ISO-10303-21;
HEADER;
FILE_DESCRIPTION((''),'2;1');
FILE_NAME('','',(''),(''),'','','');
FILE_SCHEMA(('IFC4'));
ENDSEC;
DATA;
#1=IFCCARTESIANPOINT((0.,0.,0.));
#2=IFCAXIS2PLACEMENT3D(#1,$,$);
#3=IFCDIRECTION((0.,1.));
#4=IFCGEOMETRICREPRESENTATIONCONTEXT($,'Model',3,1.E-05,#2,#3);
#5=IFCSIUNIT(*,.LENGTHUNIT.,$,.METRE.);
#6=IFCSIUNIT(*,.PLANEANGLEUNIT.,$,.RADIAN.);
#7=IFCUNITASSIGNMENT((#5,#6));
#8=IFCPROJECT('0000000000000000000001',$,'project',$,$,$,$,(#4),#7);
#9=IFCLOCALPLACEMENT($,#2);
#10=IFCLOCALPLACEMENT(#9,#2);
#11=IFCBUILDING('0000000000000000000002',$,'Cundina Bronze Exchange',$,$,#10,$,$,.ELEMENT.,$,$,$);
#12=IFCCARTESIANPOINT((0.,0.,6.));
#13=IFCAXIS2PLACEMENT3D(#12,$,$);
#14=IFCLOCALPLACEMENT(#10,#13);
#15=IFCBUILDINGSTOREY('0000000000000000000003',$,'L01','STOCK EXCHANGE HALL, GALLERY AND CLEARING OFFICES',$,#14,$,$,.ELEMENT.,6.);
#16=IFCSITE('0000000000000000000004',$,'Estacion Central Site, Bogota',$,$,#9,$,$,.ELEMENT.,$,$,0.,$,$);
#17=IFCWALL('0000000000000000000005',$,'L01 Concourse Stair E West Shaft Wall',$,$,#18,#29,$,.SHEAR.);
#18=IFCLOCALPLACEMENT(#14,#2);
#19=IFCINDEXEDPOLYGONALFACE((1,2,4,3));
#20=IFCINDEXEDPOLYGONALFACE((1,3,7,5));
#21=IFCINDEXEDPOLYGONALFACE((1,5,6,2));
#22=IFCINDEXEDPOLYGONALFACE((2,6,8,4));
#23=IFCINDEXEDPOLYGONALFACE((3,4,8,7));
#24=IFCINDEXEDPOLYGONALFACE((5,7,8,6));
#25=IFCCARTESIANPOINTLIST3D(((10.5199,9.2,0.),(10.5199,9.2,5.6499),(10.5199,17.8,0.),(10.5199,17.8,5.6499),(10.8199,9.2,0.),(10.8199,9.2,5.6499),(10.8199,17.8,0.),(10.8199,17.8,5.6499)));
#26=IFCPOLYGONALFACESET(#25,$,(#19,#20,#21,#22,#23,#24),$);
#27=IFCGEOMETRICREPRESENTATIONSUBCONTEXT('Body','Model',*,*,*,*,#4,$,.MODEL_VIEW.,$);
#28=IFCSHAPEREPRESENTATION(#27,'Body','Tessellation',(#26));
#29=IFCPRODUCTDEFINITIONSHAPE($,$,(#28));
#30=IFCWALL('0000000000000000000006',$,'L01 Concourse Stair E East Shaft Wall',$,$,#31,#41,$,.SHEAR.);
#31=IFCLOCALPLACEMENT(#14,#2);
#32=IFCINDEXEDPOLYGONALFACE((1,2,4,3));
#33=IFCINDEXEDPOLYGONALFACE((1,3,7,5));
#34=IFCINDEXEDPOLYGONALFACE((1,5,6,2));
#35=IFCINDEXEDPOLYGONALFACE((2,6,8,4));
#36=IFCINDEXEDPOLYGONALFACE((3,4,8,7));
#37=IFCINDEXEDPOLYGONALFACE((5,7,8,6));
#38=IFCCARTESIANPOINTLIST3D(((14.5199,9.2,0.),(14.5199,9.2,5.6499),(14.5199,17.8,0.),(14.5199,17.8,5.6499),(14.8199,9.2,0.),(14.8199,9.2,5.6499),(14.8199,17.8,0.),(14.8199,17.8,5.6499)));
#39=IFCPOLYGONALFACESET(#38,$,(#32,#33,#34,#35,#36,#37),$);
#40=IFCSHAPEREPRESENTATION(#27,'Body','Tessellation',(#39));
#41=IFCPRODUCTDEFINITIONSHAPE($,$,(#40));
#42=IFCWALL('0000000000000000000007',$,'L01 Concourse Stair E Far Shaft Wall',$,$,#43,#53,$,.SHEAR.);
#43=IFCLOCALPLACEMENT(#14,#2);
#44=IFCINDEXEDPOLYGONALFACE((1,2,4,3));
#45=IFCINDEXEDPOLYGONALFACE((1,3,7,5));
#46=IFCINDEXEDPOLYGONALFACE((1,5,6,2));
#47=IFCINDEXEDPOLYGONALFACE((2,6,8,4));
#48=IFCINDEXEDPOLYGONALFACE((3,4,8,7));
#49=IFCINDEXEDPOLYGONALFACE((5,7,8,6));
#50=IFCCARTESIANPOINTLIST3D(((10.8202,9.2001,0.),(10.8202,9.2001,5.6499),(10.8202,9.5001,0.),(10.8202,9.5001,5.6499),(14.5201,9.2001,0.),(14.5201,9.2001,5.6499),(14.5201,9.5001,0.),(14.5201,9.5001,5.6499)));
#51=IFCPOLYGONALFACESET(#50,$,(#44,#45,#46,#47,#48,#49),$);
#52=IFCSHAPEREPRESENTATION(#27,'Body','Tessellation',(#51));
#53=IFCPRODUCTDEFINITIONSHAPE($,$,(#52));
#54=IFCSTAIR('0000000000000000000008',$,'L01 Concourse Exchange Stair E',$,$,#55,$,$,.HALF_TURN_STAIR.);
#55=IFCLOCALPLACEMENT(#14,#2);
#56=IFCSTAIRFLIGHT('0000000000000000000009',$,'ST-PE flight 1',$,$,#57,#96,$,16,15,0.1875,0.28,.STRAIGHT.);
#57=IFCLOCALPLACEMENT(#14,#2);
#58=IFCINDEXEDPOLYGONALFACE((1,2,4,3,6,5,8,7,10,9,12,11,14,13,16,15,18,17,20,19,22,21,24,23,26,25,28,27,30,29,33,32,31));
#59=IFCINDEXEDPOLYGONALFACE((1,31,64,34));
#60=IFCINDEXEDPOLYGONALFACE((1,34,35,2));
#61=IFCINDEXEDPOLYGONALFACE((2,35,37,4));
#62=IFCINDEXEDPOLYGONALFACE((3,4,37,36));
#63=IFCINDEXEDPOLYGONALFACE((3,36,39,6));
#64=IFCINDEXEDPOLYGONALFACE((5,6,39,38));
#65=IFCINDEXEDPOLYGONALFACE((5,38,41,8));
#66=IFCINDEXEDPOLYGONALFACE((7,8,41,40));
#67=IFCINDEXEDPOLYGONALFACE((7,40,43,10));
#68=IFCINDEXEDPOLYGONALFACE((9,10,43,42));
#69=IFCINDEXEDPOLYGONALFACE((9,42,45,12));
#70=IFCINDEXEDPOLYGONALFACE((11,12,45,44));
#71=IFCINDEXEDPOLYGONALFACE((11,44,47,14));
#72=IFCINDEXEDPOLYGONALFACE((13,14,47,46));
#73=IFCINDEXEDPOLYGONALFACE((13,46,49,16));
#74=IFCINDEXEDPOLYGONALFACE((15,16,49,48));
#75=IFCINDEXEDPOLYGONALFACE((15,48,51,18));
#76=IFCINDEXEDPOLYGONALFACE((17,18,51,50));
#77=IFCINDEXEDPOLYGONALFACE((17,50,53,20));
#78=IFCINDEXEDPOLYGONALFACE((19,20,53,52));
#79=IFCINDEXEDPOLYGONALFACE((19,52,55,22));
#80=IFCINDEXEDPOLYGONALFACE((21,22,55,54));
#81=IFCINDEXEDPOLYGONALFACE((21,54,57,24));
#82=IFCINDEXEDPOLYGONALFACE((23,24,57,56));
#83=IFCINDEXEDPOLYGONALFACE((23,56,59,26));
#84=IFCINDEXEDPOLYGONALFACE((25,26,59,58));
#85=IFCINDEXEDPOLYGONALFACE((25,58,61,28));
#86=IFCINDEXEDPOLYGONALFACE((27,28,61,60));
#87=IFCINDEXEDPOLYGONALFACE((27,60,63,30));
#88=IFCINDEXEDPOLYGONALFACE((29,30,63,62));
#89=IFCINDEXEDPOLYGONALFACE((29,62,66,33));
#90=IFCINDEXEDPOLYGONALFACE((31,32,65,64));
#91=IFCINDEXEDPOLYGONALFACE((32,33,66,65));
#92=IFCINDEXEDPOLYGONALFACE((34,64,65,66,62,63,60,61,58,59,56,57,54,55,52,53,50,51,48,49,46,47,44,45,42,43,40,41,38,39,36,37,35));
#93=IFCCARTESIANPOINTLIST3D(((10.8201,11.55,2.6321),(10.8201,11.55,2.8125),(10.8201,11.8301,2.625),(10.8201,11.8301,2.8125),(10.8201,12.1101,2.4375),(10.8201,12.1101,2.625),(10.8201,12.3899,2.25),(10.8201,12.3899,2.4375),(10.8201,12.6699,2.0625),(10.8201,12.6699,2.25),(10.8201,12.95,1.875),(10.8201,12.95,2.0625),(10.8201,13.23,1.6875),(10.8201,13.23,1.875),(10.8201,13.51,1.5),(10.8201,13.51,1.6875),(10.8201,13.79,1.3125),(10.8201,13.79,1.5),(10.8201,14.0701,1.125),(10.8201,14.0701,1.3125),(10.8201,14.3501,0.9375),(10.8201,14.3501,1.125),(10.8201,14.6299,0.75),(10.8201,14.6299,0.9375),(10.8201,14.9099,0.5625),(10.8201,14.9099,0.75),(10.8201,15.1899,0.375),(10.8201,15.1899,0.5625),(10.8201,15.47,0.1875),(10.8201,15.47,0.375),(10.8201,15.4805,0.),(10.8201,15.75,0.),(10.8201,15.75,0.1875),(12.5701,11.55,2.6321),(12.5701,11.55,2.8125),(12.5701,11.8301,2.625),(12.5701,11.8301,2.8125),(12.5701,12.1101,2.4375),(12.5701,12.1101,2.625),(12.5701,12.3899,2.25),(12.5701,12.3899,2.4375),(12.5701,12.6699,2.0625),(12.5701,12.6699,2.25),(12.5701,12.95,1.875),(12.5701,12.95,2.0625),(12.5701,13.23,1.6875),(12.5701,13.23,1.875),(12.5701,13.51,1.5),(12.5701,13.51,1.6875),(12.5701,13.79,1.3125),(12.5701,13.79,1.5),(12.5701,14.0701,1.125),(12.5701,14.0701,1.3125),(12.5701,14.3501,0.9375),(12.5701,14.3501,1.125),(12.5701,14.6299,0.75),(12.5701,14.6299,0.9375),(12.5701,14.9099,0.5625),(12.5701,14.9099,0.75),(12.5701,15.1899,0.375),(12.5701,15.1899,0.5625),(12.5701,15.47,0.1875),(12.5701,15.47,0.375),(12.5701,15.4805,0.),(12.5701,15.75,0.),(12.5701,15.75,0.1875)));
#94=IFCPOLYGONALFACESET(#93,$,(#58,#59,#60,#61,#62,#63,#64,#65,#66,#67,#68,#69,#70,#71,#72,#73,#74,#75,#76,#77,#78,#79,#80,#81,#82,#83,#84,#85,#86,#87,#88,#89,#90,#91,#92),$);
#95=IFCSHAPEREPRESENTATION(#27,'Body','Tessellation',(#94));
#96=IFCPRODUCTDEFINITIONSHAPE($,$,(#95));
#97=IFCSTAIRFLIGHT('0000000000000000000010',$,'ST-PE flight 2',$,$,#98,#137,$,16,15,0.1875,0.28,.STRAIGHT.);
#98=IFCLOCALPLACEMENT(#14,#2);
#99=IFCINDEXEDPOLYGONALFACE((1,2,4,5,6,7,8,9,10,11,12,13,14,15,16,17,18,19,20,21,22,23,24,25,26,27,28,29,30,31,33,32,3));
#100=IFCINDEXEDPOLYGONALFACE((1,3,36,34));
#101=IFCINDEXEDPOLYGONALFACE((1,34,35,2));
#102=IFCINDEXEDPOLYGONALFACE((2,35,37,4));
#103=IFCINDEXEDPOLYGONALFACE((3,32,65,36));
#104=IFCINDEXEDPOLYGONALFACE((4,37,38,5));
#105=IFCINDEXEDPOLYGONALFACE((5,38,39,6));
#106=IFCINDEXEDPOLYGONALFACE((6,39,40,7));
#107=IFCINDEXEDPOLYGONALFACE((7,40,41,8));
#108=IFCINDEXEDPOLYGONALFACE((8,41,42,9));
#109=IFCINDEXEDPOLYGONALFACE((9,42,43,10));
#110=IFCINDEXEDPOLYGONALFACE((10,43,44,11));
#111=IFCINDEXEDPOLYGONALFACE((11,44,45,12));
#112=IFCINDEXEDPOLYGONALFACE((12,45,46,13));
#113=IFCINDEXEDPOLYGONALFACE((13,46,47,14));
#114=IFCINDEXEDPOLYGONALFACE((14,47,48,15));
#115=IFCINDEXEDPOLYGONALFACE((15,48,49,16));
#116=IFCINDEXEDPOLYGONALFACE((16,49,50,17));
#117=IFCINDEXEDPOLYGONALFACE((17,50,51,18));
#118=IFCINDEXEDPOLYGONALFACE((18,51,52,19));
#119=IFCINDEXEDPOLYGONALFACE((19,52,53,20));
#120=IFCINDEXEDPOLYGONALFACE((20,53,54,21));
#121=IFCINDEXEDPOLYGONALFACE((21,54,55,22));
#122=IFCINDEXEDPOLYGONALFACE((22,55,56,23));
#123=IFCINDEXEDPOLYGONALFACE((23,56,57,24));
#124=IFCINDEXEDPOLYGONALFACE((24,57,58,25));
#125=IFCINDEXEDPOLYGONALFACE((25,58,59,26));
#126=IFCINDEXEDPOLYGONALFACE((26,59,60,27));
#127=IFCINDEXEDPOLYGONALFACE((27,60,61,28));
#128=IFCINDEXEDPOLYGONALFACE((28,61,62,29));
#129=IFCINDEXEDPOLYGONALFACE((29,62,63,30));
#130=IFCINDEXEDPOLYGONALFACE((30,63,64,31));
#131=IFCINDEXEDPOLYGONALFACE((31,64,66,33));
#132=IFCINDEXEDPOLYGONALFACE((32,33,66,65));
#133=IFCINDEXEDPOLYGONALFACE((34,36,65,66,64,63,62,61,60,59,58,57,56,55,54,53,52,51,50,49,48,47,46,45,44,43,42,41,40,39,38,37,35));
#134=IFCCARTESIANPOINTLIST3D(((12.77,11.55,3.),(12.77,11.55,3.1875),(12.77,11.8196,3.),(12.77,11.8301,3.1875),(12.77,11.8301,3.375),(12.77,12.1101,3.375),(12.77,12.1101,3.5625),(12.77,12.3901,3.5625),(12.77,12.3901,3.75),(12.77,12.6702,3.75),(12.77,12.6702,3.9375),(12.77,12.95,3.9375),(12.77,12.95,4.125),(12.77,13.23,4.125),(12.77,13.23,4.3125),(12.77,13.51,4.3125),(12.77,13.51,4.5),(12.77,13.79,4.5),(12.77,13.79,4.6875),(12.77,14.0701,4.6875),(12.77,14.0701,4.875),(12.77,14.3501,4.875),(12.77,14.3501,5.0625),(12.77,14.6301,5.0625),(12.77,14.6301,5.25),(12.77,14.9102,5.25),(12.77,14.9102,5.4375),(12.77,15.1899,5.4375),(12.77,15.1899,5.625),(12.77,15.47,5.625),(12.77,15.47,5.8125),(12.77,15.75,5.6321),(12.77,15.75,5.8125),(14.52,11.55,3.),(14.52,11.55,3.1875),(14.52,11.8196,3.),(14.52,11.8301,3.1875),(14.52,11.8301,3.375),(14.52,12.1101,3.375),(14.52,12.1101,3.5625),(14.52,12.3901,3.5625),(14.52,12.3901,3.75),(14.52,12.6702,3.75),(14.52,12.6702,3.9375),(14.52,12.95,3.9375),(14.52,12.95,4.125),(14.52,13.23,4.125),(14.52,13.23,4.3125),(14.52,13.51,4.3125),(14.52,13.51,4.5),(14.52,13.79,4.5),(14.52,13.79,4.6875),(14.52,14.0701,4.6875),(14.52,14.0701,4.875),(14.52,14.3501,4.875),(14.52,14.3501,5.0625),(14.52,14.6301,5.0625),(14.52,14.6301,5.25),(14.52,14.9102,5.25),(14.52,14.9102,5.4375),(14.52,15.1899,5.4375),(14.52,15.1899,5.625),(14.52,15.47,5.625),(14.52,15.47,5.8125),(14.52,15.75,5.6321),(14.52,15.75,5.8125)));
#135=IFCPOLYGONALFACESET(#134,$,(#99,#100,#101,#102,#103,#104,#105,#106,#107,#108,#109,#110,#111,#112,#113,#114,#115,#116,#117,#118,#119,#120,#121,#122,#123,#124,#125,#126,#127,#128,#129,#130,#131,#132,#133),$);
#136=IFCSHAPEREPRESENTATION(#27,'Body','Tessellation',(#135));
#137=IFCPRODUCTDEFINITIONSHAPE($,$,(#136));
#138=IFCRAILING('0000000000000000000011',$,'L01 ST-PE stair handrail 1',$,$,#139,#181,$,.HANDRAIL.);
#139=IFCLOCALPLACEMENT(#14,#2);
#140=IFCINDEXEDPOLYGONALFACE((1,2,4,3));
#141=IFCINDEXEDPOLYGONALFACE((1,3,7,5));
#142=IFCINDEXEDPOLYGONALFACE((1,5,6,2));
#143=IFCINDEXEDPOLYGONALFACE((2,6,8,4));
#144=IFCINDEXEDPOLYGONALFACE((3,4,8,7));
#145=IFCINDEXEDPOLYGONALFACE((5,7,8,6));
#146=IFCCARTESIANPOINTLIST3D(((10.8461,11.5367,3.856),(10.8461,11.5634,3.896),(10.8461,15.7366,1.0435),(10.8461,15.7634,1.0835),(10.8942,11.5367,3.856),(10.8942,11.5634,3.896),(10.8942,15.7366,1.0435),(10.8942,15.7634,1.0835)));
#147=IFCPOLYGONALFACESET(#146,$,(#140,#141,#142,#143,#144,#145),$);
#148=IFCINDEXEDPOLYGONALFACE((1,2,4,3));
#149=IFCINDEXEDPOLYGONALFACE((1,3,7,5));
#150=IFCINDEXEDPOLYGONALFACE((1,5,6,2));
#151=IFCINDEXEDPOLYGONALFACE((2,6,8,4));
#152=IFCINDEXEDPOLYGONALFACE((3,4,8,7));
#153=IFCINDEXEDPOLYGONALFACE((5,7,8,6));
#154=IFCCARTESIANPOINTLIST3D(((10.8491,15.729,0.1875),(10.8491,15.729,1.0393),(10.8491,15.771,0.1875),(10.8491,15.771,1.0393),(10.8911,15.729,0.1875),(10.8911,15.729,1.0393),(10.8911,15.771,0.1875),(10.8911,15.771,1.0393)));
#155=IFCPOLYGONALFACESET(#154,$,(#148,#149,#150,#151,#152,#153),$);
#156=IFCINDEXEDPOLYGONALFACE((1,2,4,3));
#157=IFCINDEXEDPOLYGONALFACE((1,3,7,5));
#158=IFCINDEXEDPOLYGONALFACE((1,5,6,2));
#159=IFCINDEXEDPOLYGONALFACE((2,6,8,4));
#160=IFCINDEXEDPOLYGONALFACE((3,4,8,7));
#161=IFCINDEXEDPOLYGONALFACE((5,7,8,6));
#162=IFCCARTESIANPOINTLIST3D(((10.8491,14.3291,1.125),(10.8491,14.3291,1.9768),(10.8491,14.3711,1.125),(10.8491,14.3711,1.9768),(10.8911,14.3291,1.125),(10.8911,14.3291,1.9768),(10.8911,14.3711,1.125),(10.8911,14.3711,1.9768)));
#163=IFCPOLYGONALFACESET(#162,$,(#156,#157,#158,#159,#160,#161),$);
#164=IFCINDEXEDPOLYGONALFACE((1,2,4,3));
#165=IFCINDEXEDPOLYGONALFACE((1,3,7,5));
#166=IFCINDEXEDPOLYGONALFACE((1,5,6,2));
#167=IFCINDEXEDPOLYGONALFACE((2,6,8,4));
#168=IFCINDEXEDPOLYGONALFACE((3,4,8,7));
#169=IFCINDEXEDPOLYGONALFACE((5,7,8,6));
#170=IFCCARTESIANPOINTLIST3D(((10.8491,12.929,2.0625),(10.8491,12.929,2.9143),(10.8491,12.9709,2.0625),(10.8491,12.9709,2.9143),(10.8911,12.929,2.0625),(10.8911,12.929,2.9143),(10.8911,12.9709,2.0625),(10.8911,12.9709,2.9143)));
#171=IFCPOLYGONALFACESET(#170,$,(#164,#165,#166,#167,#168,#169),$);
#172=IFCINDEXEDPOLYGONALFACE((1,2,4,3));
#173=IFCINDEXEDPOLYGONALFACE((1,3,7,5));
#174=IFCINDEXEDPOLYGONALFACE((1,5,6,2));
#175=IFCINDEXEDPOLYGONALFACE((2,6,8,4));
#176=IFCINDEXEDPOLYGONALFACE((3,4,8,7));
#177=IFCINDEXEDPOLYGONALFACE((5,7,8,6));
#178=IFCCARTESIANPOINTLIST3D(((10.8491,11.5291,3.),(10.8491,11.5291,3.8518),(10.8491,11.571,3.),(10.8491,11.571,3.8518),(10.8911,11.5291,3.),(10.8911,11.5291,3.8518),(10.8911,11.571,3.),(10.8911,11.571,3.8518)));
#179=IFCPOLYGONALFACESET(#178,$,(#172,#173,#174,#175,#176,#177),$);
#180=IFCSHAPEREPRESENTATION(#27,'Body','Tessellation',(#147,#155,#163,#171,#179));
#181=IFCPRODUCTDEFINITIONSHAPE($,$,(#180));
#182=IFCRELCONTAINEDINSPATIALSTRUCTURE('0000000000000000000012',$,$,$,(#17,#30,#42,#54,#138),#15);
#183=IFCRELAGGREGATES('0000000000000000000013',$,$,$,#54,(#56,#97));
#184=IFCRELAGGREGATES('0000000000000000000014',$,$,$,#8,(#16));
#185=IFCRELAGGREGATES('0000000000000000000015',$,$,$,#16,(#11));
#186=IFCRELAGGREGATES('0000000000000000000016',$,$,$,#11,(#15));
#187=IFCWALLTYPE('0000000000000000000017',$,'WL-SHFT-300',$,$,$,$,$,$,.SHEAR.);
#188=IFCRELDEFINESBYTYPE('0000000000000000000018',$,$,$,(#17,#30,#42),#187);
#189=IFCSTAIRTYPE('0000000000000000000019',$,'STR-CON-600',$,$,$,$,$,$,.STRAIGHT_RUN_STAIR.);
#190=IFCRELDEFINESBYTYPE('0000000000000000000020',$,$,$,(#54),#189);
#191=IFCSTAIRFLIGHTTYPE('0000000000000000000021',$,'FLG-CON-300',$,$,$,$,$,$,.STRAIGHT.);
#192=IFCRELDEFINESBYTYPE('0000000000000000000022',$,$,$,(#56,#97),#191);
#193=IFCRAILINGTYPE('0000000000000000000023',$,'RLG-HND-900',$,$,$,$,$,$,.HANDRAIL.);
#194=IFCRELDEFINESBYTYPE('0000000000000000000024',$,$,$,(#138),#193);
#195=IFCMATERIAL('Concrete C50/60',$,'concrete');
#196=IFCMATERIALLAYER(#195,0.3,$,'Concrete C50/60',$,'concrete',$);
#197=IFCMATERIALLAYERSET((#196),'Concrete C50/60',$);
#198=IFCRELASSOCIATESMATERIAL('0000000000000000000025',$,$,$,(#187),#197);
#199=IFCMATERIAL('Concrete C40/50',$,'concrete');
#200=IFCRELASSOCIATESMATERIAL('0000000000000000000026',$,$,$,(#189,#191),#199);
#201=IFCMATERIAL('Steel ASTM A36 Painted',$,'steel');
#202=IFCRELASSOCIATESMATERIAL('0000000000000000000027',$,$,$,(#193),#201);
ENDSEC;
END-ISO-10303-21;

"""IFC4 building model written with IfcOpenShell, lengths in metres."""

from ifc_helpers import new_model, si_unit, direction, frame, frame_2d, origin, origin_2d, place, context, subcontext, project, spatial, polyline, rectangle, outline, extrude, material, layer, layer_set, type_object, element, aggregate, save


model = new_model("IFC4")

# Units and contexts
model_context = context("Model", 3, precision=1e-05, world=origin(), true_north=direction((0.0, 1.0)))
body_context = subcontext(model_context, "Body", "Model", "MODEL_VIEW")
ifc_project = project(units=[si_unit("LENGTHUNIT", "METRE"), si_unit("PLANEANGLEUNIT", "RADIAN")], contexts=[model_context])

# Site, building, storey
site_placement = place(None, origin())
site = spatial("IfcSite", under=ifc_project, at=site_placement, Name="Estacion Central Site, Bogota", CompositionType="ELEMENT", RefElevation=0.0)
building_placement = place(site_placement, origin())
building = spatial("IfcBuilding", under=site, at=building_placement, Name="Cundina Bronze Exchange", CompositionType="ELEMENT")
storey_placement = place(building_placement, frame((0.0, 0.0, 6.0)))
storey = spatial("IfcBuildingStorey", under=building, at=storey_placement, Name="L01", Description="STOCK EXCHANGE HALL, GALLERY AND CLEARING OFFICES", CompositionType="ELEMENT", Elevation=6.0)

# Shared definitions
ifc_material_1 = material(Name="Concrete C40/50", Category="concrete")

# Walls
ifc_material_2 = material(Name="Concrete C50/60", Category="concrete")
ifc_layer_1 = layer(ifc_material_2, 0.3, Name="Concrete C50/60", Category="concrete")
ifc_layer_set_1 = layer_set([ifc_layer_1], Name="Concrete C50/60")
wall_type_1 = type_object("IfcWallType", Name="WL-SHFT-300", PredefinedType="SHEAR", material=ifc_layer_set_1)
for number, where, z_axis, x_axis, name in (
    (1, (10.6699, 9.2, 0.0), (0.0, 0.0, 1.0), (0.0, 1.0, 0.0), "L01 Concourse Stair E West Shaft Wall"),
    (2, (14.6699, 9.2, 0.0), (0.0, 0.0, 1.0), (0.0, 1.0, 0.0), "L01 Concourse Stair E East Shaft Wall"),
):
    element("IfcWall", number, at=place(storey_placement, frame(where, z_axis=z_axis, x_axis=x_axis)), inside=storey, type_object=wall_type_1, Name=name, PredefinedType="SHEAR", context=body_context, shape_type="SweptSolid", body=[
        extrude(rectangle(XDim=8.6001, YDim=0.3, at=frame_2d((4.3, 0.0))), origin(), (0.0, 0.0, 1.0), 5.6499),
    ])

# Shared definitions
ifc_material_3 = material(Name="Steel ASTM A36 Painted", Category="steel")

# Wall
wall_1_placement = place(storey_placement, frame((10.8201, 9.3501, 0.0), z_axis=(0.0, 0.0, 1.0), x_axis=(1.0, 0.0, 0.0)))
element("IfcWall", 3, at=wall_1_placement, inside=storey, type_object=wall_type_1, Name="L01 Concourse Stair E Far Shaft Wall", PredefinedType="SHEAR", context=body_context, shape_type="SweptSolid", body=[
    extrude(rectangle(XDim=3.7, YDim=0.3, at=frame_2d((1.8501, 0.0))), origin(), (0.0, 0.0, 1.0), 5.6499),
])

# Stair, stair flights
stair_type = type_object("IfcStairType", Name="STR-CON-600", PredefinedType="STRAIGHT_RUN_STAIR", material=ifc_material_1)
stair_placement = place(storey_placement, origin())
stair = element("IfcStair", 4, at=stair_placement, inside=storey, type_object=stair_type, Name="L01 Concourse Exchange Stair E", PredefinedType="HALF_TURN_STAIR")
stair_flight_type = type_object("IfcStairFlightType", Name="FLG-CON-300", PredefinedType="STRAIGHT", material=ifc_material_1)
stair_flight_1_placement = place(storey_placement, frame((11.6951, 15.75, 0.0), z_axis=(0.0, 0.0, 1.0), x_axis=(0.0, -1.0, 0.0)))
stair_flight_1 = element("IfcStairFlight", 5, at=stair_flight_1_placement, type_object=stair_flight_type, Name="ST-PE flight 1", NumberOfRisers=16, NumberOfTreads=15, PredefinedType="STRAIGHT", RiserHeight=0.1875, TreadLength=0.28, context=body_context, shape_type="SweptSolid", body=[
    extrude(outline(polyline([(0.0, 0.0), (0.0, 0.1875), (0.28, 0.1875), (0.28, 0.375), (0.5601, 0.375), (0.5601, 0.5625), (0.8401, 0.5625), (0.8401, 0.75), (1.1201, 0.75), (1.1201, 0.9375), (1.3999, 0.9375), (1.3999, 1.125), (1.6799, 1.125), (1.6799, 1.3125), (1.96, 1.3125), (1.96, 1.5), (2.24, 1.5), (2.24, 1.6875), (2.52, 1.6875), (2.52, 1.875), (2.8, 1.875), (2.8, 2.0625), (3.0801, 2.0625), (3.0801, 2.25), (3.3601, 2.25), (3.3601, 2.4375), (3.6399, 2.4375), (3.6399, 2.625), (3.9199, 2.625), (3.9199, 2.8125), (4.2, 2.8125), (4.2, 3.0), (4.2, 2.6321), (0.2695, 0.0), (0.0, 0.0)])), frame((0.0, 0.875, 0.0), z_axis=(0.0, -1.0, 0.0), x_axis=(1.0, 0.0, 0.0)), (0.0, 0.0, 1.0), 1.75),
])
stair_flight_2_placement = place(storey_placement, frame((13.645, 11.55, 3.0), z_axis=(0.0, 0.0, 1.0), x_axis=(0.0, 1.0, 0.0)))
stair_flight_2 = element("IfcStairFlight", 6, at=stair_flight_2_placement, type_object=stair_flight_type, Name="ST-PE flight 2", NumberOfRisers=16, NumberOfTreads=15, PredefinedType="STRAIGHT", RiserHeight=0.1875, TreadLength=0.28, context=body_context, shape_type="SweptSolid", body=[
    extrude(outline(polyline([(0.0, 0.0), (0.0, 0.1875), (0.28, 0.1875), (0.28, 0.375), (0.5601, 0.375), (0.5601, 0.5625), (0.8401, 0.5625), (0.8401, 0.75), (1.1201, 0.75), (1.1201, 0.9375), (1.3999, 0.9375), (1.3999, 1.125), (1.6799, 1.125), (1.6799, 1.3125), (1.96, 1.3125), (1.96, 1.5), (2.24, 1.5), (2.24, 1.6875), (2.52, 1.6875), (2.52, 1.875), (2.8, 1.875), (2.8, 2.0625), (3.0801, 2.0625), (3.0801, 2.25), (3.3601, 2.25), (3.3601, 2.4375), (3.6399, 2.4375), (3.6399, 2.625), (3.9199, 2.625), (3.9199, 2.8125), (4.2, 2.8125), (4.2, 3.0), (4.2, 2.6321), (0.2695, 0.0), (0.0, 0.0)])), frame((0.0, 0.875, 0.0), z_axis=(0.0, -1.0, 0.0), x_axis=(1.0, 0.0, 0.0)), (0.0, 0.0, 1.0), 1.75),
])
aggregate(stair, [stair_flight_1, stair_flight_2])

# Railing
railing_type_1 = type_object("IfcRailingType", Name="RLG-HND-900", PredefinedType="HANDRAIL", material=ifc_material_3)
railing_1_placement = place(storey_placement, frame((10.8701, 15.75, 0.1875)))
element("IfcRailing", 7, at=railing_1_placement, inside=storey, type_object=railing_type_1, Name="L01 ST-PE stair handrail 1", PredefinedType="HANDRAIL", context=body_context, shape_type="SweptSolid", body=[
    extrude(rectangle(XDim=0.0481, YDim=0.0481, at=origin_2d()), frame((0.0, 0.0, 0.876), z_axis=(0.0, -0.830904, 0.556416), x_axis=(1.0, 0.0, 0.0)), (0.0, 0.0, 1.0), 5.0547),
    extrude(rectangle(XDim=0.042, YDim=0.042, at=origin_2d()), origin(), (0.0, 0.0, 1.0), 0.8518),
    extrude(rectangle(XDim=0.042, YDim=0.042, at=origin_2d()), frame((0.0, -1.3999, 0.9375)), (0.0, 0.0, 1.0), 0.8518),
    extrude(rectangle(XDim=0.042, YDim=0.042, at=origin_2d()), frame((0.0, -2.8, 1.875)), (0.0, 0.0, 1.0), 0.8518),
    extrude(rectangle(XDim=0.042, YDim=0.042, at=origin_2d()), frame((0.0, -4.2, 2.8125)), (0.0, 0.0, 1.0), 0.8518),
])

save(model, "model.ifc")
